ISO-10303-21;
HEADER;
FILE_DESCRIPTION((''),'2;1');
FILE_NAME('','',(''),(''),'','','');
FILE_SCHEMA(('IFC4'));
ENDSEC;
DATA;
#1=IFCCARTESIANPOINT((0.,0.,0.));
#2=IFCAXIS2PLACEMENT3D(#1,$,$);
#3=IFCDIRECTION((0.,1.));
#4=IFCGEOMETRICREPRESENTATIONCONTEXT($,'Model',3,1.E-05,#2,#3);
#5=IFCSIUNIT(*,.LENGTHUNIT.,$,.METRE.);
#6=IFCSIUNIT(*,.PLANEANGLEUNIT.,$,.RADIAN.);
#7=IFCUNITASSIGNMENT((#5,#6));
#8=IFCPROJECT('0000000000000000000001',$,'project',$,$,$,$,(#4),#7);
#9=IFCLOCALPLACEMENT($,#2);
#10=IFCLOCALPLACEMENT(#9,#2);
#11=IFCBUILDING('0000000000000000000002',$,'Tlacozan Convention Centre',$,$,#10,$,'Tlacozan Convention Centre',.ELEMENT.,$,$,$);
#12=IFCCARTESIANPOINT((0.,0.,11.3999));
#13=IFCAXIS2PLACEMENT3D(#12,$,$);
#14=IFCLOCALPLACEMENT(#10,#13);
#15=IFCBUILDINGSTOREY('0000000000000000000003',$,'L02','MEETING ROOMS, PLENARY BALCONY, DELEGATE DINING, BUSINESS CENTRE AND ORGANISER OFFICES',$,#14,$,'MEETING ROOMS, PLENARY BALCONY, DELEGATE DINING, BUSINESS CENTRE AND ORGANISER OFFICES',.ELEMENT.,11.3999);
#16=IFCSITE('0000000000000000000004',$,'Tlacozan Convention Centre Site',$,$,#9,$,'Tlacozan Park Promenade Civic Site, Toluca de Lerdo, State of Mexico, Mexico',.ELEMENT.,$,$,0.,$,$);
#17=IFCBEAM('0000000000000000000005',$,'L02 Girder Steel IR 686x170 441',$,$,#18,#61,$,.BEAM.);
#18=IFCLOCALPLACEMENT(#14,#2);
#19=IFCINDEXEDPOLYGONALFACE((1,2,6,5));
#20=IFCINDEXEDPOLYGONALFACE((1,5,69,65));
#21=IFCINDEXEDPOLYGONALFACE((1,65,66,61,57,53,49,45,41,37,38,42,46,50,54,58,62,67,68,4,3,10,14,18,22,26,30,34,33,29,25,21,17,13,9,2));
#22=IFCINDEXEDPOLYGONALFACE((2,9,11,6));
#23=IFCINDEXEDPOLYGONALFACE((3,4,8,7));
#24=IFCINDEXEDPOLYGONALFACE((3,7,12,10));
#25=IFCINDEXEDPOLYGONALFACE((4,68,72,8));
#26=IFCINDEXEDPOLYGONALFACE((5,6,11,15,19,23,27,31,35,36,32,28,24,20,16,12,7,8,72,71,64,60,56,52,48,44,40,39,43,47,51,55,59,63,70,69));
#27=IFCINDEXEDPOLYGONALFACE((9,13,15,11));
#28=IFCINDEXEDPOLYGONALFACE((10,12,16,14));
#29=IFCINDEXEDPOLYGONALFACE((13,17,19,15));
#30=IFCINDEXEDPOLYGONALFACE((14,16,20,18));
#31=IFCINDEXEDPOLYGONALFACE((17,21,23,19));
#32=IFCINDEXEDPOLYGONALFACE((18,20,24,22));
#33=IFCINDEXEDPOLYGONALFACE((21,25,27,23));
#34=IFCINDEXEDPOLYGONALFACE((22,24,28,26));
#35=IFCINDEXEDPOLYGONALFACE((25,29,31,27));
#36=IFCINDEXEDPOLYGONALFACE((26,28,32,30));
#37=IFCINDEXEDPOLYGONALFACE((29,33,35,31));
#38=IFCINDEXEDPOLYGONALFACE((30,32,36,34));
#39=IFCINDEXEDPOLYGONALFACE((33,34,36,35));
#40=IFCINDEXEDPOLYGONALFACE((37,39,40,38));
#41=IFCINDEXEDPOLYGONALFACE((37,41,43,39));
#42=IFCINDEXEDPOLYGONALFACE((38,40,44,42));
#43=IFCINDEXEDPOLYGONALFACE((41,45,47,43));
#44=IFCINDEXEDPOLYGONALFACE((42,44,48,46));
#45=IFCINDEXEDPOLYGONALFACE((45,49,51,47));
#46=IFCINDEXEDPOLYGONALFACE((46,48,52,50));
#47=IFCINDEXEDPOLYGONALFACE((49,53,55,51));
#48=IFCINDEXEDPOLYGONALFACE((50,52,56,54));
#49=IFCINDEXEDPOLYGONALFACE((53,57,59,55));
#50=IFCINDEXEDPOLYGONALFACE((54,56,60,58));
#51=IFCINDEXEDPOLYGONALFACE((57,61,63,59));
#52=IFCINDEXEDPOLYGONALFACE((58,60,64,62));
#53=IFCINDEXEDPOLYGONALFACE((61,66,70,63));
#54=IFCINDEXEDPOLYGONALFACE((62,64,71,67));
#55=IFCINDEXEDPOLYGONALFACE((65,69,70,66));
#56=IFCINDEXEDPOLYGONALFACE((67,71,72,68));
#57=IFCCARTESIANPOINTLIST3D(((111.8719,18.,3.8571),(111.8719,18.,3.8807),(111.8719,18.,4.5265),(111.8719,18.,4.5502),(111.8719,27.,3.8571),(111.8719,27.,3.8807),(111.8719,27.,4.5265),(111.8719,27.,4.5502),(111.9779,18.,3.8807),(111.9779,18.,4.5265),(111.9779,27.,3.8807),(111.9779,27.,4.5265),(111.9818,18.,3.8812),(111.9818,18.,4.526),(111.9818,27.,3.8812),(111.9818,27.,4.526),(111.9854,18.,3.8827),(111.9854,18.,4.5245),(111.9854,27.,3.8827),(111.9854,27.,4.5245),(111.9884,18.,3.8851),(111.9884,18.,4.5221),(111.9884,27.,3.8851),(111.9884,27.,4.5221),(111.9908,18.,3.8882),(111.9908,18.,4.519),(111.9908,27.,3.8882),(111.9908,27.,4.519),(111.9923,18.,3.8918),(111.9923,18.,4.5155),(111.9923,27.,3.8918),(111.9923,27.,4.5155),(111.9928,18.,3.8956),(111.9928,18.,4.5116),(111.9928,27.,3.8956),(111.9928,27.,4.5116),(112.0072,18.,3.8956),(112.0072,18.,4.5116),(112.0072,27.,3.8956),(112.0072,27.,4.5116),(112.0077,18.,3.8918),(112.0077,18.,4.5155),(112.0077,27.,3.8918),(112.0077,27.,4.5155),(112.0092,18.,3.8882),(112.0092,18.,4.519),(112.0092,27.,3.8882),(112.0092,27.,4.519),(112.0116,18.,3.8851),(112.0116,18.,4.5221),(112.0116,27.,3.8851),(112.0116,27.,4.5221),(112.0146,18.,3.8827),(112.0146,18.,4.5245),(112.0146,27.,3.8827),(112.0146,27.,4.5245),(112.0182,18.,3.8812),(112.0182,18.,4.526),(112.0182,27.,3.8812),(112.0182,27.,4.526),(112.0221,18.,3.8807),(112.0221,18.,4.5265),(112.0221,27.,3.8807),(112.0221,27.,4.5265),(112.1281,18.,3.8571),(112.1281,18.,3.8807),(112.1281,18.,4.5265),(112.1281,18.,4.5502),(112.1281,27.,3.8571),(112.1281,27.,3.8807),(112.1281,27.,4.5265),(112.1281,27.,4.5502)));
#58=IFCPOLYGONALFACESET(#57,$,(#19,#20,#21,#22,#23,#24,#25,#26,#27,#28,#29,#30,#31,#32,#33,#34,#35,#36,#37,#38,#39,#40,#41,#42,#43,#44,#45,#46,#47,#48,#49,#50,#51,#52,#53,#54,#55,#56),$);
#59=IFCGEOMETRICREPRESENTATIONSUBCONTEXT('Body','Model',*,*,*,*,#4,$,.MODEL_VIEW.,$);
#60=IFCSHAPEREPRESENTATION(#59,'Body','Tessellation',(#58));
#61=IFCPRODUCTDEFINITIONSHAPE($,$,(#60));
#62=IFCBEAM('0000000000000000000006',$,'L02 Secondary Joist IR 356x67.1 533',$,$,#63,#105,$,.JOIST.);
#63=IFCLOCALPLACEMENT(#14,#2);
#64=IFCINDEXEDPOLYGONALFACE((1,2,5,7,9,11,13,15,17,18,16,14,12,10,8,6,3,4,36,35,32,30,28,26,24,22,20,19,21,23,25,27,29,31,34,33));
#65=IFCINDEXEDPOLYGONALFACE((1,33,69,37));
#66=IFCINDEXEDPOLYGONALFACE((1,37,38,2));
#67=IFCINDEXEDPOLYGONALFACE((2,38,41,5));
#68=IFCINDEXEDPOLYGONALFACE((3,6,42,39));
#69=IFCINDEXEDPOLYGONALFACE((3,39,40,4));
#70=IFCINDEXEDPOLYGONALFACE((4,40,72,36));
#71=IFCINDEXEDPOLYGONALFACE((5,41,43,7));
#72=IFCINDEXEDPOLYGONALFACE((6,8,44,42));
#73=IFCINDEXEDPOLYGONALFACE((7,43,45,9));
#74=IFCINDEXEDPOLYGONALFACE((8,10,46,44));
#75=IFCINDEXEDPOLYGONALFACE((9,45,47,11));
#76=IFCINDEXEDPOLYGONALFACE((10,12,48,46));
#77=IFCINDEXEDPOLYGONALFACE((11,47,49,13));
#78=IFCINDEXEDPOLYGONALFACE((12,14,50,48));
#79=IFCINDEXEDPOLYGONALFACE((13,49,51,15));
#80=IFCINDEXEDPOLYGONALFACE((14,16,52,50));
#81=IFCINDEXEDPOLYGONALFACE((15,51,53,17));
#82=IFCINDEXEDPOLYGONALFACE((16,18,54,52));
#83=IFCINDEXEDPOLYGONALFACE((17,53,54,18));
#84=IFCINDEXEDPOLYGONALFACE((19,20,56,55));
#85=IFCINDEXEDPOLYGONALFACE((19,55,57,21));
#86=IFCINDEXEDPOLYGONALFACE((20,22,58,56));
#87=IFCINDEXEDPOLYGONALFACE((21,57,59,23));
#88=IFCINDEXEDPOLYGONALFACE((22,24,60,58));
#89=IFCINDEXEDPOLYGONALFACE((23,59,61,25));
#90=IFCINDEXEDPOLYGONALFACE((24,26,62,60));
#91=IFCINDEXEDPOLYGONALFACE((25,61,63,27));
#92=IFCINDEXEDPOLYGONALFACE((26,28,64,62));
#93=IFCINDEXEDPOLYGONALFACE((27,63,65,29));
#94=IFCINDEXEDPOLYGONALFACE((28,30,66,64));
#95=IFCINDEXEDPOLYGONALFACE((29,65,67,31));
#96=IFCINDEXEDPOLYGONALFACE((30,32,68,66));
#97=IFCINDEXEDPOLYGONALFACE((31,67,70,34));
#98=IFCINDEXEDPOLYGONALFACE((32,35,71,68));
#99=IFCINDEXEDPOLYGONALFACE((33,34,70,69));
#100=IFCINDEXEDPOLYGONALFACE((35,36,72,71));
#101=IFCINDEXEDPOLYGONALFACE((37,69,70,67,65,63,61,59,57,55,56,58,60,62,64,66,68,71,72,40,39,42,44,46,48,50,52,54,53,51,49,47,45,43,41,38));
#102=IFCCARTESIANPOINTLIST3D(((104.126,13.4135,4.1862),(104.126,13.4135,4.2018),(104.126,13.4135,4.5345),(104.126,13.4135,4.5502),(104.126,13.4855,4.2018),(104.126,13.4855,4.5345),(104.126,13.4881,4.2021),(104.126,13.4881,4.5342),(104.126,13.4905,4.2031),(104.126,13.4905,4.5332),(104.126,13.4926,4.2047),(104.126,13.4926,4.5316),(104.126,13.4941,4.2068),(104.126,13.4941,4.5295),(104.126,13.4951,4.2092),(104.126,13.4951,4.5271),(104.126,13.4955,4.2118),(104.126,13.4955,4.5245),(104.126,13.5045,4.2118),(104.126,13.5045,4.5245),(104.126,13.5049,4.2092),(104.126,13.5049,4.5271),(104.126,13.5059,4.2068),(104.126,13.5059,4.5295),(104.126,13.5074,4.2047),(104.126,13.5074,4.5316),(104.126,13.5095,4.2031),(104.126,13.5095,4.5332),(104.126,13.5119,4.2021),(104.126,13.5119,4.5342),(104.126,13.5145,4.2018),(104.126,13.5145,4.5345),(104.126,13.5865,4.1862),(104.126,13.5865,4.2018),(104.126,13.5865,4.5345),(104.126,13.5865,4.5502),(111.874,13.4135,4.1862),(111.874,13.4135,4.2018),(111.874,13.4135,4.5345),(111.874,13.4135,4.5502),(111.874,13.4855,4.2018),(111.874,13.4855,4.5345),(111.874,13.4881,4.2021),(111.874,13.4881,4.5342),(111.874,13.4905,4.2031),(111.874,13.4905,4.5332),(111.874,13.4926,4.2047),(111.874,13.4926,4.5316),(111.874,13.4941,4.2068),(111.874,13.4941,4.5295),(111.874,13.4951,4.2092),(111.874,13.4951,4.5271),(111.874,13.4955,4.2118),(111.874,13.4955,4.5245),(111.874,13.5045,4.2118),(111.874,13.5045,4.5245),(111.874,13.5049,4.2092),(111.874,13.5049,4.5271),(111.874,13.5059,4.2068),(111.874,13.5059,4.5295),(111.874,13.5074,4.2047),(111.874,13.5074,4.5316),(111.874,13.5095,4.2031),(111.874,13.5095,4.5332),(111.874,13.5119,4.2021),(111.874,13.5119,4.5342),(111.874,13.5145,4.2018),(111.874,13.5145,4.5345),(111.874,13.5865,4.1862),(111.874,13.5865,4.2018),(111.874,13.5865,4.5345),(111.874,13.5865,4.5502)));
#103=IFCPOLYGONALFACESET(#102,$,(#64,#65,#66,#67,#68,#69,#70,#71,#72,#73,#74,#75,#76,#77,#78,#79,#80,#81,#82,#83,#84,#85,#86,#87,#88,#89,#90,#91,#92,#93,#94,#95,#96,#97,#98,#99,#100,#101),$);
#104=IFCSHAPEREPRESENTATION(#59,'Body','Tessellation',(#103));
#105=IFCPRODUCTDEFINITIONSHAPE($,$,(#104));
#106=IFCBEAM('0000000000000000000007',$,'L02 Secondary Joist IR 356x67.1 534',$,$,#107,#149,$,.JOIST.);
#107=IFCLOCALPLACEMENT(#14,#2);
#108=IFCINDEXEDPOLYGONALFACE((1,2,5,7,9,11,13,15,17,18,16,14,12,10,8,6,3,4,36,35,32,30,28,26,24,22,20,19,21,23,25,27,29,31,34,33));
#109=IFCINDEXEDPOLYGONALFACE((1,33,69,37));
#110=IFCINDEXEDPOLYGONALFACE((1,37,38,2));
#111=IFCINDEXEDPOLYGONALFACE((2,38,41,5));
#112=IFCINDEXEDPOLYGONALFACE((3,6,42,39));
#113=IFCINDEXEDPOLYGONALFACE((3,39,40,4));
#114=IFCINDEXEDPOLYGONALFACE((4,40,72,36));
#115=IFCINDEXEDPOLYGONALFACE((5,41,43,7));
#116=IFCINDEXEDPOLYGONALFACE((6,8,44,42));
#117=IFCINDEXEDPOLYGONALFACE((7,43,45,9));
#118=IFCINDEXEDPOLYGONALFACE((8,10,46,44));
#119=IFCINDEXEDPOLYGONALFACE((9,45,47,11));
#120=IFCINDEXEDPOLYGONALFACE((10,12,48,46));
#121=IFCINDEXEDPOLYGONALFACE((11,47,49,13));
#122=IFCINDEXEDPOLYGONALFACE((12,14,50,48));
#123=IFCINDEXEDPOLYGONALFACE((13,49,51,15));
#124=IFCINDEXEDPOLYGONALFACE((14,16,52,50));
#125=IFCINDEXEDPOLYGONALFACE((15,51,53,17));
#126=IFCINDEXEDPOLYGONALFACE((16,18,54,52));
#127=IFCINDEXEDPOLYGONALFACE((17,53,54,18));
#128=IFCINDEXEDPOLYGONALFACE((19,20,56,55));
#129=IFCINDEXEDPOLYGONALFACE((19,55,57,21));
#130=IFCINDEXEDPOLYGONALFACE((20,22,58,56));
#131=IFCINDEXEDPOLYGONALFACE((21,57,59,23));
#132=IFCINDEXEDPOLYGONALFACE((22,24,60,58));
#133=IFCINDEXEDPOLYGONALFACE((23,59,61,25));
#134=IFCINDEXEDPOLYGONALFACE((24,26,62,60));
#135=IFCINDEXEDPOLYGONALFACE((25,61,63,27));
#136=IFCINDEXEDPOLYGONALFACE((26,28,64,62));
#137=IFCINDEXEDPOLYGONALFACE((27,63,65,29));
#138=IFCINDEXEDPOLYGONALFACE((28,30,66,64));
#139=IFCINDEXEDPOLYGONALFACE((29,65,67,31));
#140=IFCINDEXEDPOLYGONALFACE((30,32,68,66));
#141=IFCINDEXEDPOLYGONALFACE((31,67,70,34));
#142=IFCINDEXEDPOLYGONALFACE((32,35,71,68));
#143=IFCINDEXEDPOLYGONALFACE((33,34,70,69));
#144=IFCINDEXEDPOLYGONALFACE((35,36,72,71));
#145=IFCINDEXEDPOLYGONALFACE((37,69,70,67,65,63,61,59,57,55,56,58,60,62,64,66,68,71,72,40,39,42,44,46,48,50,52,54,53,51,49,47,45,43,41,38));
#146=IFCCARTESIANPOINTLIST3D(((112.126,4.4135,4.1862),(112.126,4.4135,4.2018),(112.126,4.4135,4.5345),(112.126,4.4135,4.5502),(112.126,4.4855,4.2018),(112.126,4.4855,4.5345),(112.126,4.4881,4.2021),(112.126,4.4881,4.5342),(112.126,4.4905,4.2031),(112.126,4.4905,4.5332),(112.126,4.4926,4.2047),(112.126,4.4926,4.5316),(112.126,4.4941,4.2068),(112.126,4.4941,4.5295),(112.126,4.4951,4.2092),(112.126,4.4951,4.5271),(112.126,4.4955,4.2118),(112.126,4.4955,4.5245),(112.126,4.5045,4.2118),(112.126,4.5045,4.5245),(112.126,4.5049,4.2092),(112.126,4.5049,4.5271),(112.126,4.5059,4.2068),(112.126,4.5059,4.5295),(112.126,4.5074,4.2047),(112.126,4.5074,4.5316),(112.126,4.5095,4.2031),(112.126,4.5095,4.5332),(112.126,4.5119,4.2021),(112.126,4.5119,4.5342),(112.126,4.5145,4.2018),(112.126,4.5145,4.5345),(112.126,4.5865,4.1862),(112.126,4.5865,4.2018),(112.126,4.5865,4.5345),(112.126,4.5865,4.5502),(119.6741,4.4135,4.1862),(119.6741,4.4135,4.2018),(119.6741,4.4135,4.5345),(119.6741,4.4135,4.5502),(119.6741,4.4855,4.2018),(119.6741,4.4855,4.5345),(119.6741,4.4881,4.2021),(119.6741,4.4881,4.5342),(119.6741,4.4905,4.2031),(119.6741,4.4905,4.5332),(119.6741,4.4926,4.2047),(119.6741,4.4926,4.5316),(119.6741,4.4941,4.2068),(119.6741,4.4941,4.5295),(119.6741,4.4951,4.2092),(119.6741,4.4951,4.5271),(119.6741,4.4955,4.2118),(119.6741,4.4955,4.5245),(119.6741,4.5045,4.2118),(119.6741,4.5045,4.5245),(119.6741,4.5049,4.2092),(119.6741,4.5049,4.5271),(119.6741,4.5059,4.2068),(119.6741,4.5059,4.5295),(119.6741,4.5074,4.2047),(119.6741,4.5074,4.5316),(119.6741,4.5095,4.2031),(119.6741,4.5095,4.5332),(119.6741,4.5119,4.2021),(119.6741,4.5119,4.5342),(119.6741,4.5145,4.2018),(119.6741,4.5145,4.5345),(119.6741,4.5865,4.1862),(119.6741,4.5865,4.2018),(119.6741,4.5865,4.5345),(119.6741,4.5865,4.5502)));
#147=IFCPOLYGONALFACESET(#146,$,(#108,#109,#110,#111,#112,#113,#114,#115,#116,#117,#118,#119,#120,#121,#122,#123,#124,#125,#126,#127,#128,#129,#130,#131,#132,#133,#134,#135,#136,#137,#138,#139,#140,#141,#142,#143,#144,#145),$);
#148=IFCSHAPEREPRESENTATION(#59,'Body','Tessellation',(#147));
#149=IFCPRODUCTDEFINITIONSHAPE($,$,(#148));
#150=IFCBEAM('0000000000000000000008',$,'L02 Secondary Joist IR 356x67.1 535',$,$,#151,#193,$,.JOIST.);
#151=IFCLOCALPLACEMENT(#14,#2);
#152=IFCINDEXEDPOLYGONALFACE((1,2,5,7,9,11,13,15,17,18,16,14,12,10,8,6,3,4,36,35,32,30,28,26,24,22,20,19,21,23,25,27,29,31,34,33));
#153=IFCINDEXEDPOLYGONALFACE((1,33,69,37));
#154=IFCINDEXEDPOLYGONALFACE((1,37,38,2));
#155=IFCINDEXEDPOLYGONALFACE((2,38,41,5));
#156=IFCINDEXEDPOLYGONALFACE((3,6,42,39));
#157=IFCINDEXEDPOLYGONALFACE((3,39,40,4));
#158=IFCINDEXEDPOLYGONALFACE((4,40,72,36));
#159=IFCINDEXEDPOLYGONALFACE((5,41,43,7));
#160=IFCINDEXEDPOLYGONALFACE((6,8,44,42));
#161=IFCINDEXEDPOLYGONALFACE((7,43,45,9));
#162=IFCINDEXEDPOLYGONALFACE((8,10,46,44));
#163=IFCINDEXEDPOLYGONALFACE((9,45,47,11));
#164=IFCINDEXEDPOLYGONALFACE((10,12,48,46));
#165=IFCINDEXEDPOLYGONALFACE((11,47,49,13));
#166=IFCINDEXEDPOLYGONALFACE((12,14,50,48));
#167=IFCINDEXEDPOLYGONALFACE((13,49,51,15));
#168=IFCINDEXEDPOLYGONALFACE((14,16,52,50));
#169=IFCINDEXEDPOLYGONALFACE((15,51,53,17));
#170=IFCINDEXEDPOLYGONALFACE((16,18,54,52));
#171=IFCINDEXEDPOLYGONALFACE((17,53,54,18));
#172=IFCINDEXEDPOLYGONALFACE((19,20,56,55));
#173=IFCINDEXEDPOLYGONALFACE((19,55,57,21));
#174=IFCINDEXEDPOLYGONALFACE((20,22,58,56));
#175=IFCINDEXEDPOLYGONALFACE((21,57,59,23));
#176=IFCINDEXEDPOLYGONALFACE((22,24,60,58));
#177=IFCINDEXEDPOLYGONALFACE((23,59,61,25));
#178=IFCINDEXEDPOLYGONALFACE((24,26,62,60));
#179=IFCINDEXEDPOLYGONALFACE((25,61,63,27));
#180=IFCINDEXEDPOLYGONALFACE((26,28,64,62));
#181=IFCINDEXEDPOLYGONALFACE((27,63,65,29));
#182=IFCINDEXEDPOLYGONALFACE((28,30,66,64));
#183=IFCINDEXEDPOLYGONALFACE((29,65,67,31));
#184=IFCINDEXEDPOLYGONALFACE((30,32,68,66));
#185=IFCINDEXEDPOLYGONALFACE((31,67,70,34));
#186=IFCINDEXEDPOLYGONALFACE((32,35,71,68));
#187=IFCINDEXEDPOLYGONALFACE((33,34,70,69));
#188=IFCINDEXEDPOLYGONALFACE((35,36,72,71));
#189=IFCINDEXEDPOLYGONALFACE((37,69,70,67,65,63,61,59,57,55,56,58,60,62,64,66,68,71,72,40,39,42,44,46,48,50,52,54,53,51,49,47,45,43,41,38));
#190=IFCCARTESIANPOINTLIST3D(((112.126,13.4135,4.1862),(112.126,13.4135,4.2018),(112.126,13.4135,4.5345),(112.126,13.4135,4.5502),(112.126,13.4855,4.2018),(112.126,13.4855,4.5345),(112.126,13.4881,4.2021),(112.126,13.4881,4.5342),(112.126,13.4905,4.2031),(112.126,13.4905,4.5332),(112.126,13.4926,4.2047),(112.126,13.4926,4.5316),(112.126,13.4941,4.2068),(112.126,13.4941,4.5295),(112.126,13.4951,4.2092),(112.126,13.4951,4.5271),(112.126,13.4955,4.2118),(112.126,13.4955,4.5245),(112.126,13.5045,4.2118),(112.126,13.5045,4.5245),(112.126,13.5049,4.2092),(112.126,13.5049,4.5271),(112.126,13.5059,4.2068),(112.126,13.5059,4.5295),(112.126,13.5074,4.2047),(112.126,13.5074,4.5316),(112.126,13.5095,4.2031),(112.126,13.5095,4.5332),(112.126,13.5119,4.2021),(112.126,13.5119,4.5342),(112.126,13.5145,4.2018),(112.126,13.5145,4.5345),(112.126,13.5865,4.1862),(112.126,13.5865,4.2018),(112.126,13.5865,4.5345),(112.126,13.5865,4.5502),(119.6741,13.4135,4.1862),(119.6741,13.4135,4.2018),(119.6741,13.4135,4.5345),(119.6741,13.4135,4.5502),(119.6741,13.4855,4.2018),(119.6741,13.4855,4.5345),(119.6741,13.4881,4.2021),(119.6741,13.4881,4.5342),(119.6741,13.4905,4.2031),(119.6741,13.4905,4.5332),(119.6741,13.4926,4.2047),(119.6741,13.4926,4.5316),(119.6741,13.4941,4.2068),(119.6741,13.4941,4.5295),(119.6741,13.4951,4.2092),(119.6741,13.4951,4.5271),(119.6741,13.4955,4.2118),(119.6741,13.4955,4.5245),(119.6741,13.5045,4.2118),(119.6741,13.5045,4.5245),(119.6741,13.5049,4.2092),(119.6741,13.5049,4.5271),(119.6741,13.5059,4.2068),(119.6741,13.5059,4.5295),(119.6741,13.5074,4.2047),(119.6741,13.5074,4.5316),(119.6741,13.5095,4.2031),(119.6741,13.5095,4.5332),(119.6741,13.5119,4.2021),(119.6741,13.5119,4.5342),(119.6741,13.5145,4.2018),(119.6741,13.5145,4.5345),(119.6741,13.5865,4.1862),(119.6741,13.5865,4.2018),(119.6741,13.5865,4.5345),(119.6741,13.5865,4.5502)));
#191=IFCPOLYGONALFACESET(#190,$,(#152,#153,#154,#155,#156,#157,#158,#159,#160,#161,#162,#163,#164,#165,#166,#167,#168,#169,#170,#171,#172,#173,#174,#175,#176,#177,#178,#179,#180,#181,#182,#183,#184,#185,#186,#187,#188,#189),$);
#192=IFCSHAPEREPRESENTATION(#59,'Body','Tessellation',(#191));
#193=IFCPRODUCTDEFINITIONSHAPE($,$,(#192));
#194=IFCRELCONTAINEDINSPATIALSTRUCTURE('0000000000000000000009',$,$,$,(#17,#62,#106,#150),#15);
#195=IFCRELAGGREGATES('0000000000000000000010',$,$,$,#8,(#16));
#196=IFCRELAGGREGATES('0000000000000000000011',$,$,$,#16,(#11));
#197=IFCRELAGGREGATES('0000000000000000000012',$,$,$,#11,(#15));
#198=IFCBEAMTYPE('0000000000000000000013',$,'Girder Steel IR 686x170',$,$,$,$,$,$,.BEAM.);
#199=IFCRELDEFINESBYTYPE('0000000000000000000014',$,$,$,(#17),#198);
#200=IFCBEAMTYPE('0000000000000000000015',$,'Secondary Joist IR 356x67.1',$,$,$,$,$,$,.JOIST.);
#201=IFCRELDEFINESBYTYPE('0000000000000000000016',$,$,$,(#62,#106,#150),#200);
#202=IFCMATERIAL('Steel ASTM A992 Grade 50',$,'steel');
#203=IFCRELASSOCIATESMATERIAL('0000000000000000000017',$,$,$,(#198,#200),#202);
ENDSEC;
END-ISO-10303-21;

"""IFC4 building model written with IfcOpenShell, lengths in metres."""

from ifc_helpers import new_model, si_unit, direction, frame, origin, origin_2d, place, context, subcontext, project, spatial, i_section, extrude, material, material_profile, profile_set, type_object, element, save


model = new_model("IFC4")

# Units and contexts
model_context = context("Model", 3, precision=1e-05, world=origin(), true_north=direction((0.0, 1.0)))
body_context = subcontext(model_context, "Body", "Model", "MODEL_VIEW")
ifc_project = project(units=[si_unit("LENGTHUNIT", "METRE"), si_unit("PLANEANGLEUNIT", "RADIAN")], contexts=[model_context])

# Site, building, storey
site_placement = place(None, origin())
site = spatial("IfcSite", under=ifc_project, at=site_placement, Name="Tlacozan Convention Centre Site", LongName="Tlacozan Park Promenade Civic Site, Toluca de Lerdo, State of Mexico, Mexico", CompositionType="ELEMENT", RefElevation=0.0)
building_placement = place(site_placement, origin())
building = spatial("IfcBuilding", under=site, at=building_placement, Name="Tlacozan Convention Centre", LongName="Tlacozan Convention Centre", CompositionType="ELEMENT")
storey_placement = place(building_placement, frame((0.0, 0.0, 11.3999)))
storey = spatial("IfcBuildingStorey", under=building, at=storey_placement, Name="L02", Description="MEETING ROOMS, PLENARY BALCONY, DELEGATE DINING, BUSINESS CENTRE AND ORGANISER OFFICES", LongName="MEETING ROOMS, PLENARY BALCONY, DELEGATE DINING, BUSINESS CENTRE AND ORGANISER OFFICES", CompositionType="ELEMENT", Elevation=11.3999)

# Beams
ifc_material_1 = material(Name="Steel ASTM A992 Grade 50", Category="steel")
ifc_material_profile_1 = material_profile(ifc_material_1, i_section(OverallWidth=0.2561, OverallDepth=0.6931, WebThickness=0.0144, FlangeThickness=0.0237, FilletRadius=0.0149, at=origin_2d()), Name="IR 686x170.0")
ifc_profile_set_1 = profile_set([ifc_material_profile_1], Name="Steel ASTM A992 Grade 50")
beam_type_1 = type_object("IfcBeamType", Name="Girder Steel IR 686x170", PredefinedType="BEAM", material=ifc_profile_set_1)
for number, where, z_axis, x_axis, name in (
    (1, (112.0, 18.0, 4.2036), (0.0, 1.0, 0.0), (-1.0, 0.0, 0.0), "L02 Girder Steel IR 686x170 441"),
):
    element("IfcBeam", number, at=place(storey_placement, frame(where, z_axis=z_axis, x_axis=x_axis)), inside=storey, type_object=beam_type_1, Name=name, PredefinedType="BEAM", context=body_context, shape_type="SweptSolid", body=[
        extrude(i_section(OverallWidth=0.2561, OverallDepth=0.6931, WebThickness=0.0144, FlangeThickness=0.0237, FilletRadius=0.0149, at=origin_2d()), origin(), (0.0, 0.0, 1.0), 9.0),
    ])
ifc_material_profile_2 = material_profile(ifc_material_1, i_section(OverallWidth=0.1731, OverallDepth=0.364, WebThickness=0.009, FlangeThickness=0.0156, FilletRadius=0.01, at=origin_2d()), Name="IR 356x67.1")
ifc_profile_set_2 = profile_set([ifc_material_profile_2], Name="Steel ASTM A992 Grade 50")
beam_type_2 = type_object("IfcBeamType", Name="Secondary Joist IR 356x67.1", PredefinedType="JOIST", material=ifc_profile_set_2)
beam_1_placement = place(storey_placement, frame((104.126, 13.5, 4.3682), z_axis=(1.0, 0.0, 0.0), x_axis=(0.0, 1.0, 0.0)))
element("IfcBeam", 2, at=beam_1_placement, inside=storey, type_object=beam_type_2, Name="L02 Secondary Joist IR 356x67.1 533", PredefinedType="JOIST", context=body_context, shape_type="SweptSolid", body=[
    extrude(i_section(OverallWidth=0.1731, OverallDepth=0.364, WebThickness=0.009, FlangeThickness=0.0156, FilletRadius=0.01, at=origin_2d()), origin(), (0.0, 0.0, 1.0), 7.748),
])
for number, where, z_axis, x_axis, name in (
    (3, (112.126, 4.5, 4.3682), (1.0, 0.0, 0.0), (0.0, 1.0, 0.0), "L02 Secondary Joist IR 356x67.1 534"),
    (4, (112.126, 13.5, 4.3682), (1.0, 0.0, 0.0), (0.0, 1.0, 0.0), "L02 Secondary Joist IR 356x67.1 535"),
):
    element("IfcBeam", number, at=place(storey_placement, frame(where, z_axis=z_axis, x_axis=x_axis)), inside=storey, type_object=beam_type_2, Name=name, PredefinedType="JOIST", context=body_context, shape_type="SweptSolid", body=[
        extrude(i_section(OverallWidth=0.1731, OverallDepth=0.364, WebThickness=0.009, FlangeThickness=0.0156, FilletRadius=0.01, at=origin_2d()), origin(), (0.0, 0.0, 1.0), 7.5481),
    ])

save(model, "model.ifc")
